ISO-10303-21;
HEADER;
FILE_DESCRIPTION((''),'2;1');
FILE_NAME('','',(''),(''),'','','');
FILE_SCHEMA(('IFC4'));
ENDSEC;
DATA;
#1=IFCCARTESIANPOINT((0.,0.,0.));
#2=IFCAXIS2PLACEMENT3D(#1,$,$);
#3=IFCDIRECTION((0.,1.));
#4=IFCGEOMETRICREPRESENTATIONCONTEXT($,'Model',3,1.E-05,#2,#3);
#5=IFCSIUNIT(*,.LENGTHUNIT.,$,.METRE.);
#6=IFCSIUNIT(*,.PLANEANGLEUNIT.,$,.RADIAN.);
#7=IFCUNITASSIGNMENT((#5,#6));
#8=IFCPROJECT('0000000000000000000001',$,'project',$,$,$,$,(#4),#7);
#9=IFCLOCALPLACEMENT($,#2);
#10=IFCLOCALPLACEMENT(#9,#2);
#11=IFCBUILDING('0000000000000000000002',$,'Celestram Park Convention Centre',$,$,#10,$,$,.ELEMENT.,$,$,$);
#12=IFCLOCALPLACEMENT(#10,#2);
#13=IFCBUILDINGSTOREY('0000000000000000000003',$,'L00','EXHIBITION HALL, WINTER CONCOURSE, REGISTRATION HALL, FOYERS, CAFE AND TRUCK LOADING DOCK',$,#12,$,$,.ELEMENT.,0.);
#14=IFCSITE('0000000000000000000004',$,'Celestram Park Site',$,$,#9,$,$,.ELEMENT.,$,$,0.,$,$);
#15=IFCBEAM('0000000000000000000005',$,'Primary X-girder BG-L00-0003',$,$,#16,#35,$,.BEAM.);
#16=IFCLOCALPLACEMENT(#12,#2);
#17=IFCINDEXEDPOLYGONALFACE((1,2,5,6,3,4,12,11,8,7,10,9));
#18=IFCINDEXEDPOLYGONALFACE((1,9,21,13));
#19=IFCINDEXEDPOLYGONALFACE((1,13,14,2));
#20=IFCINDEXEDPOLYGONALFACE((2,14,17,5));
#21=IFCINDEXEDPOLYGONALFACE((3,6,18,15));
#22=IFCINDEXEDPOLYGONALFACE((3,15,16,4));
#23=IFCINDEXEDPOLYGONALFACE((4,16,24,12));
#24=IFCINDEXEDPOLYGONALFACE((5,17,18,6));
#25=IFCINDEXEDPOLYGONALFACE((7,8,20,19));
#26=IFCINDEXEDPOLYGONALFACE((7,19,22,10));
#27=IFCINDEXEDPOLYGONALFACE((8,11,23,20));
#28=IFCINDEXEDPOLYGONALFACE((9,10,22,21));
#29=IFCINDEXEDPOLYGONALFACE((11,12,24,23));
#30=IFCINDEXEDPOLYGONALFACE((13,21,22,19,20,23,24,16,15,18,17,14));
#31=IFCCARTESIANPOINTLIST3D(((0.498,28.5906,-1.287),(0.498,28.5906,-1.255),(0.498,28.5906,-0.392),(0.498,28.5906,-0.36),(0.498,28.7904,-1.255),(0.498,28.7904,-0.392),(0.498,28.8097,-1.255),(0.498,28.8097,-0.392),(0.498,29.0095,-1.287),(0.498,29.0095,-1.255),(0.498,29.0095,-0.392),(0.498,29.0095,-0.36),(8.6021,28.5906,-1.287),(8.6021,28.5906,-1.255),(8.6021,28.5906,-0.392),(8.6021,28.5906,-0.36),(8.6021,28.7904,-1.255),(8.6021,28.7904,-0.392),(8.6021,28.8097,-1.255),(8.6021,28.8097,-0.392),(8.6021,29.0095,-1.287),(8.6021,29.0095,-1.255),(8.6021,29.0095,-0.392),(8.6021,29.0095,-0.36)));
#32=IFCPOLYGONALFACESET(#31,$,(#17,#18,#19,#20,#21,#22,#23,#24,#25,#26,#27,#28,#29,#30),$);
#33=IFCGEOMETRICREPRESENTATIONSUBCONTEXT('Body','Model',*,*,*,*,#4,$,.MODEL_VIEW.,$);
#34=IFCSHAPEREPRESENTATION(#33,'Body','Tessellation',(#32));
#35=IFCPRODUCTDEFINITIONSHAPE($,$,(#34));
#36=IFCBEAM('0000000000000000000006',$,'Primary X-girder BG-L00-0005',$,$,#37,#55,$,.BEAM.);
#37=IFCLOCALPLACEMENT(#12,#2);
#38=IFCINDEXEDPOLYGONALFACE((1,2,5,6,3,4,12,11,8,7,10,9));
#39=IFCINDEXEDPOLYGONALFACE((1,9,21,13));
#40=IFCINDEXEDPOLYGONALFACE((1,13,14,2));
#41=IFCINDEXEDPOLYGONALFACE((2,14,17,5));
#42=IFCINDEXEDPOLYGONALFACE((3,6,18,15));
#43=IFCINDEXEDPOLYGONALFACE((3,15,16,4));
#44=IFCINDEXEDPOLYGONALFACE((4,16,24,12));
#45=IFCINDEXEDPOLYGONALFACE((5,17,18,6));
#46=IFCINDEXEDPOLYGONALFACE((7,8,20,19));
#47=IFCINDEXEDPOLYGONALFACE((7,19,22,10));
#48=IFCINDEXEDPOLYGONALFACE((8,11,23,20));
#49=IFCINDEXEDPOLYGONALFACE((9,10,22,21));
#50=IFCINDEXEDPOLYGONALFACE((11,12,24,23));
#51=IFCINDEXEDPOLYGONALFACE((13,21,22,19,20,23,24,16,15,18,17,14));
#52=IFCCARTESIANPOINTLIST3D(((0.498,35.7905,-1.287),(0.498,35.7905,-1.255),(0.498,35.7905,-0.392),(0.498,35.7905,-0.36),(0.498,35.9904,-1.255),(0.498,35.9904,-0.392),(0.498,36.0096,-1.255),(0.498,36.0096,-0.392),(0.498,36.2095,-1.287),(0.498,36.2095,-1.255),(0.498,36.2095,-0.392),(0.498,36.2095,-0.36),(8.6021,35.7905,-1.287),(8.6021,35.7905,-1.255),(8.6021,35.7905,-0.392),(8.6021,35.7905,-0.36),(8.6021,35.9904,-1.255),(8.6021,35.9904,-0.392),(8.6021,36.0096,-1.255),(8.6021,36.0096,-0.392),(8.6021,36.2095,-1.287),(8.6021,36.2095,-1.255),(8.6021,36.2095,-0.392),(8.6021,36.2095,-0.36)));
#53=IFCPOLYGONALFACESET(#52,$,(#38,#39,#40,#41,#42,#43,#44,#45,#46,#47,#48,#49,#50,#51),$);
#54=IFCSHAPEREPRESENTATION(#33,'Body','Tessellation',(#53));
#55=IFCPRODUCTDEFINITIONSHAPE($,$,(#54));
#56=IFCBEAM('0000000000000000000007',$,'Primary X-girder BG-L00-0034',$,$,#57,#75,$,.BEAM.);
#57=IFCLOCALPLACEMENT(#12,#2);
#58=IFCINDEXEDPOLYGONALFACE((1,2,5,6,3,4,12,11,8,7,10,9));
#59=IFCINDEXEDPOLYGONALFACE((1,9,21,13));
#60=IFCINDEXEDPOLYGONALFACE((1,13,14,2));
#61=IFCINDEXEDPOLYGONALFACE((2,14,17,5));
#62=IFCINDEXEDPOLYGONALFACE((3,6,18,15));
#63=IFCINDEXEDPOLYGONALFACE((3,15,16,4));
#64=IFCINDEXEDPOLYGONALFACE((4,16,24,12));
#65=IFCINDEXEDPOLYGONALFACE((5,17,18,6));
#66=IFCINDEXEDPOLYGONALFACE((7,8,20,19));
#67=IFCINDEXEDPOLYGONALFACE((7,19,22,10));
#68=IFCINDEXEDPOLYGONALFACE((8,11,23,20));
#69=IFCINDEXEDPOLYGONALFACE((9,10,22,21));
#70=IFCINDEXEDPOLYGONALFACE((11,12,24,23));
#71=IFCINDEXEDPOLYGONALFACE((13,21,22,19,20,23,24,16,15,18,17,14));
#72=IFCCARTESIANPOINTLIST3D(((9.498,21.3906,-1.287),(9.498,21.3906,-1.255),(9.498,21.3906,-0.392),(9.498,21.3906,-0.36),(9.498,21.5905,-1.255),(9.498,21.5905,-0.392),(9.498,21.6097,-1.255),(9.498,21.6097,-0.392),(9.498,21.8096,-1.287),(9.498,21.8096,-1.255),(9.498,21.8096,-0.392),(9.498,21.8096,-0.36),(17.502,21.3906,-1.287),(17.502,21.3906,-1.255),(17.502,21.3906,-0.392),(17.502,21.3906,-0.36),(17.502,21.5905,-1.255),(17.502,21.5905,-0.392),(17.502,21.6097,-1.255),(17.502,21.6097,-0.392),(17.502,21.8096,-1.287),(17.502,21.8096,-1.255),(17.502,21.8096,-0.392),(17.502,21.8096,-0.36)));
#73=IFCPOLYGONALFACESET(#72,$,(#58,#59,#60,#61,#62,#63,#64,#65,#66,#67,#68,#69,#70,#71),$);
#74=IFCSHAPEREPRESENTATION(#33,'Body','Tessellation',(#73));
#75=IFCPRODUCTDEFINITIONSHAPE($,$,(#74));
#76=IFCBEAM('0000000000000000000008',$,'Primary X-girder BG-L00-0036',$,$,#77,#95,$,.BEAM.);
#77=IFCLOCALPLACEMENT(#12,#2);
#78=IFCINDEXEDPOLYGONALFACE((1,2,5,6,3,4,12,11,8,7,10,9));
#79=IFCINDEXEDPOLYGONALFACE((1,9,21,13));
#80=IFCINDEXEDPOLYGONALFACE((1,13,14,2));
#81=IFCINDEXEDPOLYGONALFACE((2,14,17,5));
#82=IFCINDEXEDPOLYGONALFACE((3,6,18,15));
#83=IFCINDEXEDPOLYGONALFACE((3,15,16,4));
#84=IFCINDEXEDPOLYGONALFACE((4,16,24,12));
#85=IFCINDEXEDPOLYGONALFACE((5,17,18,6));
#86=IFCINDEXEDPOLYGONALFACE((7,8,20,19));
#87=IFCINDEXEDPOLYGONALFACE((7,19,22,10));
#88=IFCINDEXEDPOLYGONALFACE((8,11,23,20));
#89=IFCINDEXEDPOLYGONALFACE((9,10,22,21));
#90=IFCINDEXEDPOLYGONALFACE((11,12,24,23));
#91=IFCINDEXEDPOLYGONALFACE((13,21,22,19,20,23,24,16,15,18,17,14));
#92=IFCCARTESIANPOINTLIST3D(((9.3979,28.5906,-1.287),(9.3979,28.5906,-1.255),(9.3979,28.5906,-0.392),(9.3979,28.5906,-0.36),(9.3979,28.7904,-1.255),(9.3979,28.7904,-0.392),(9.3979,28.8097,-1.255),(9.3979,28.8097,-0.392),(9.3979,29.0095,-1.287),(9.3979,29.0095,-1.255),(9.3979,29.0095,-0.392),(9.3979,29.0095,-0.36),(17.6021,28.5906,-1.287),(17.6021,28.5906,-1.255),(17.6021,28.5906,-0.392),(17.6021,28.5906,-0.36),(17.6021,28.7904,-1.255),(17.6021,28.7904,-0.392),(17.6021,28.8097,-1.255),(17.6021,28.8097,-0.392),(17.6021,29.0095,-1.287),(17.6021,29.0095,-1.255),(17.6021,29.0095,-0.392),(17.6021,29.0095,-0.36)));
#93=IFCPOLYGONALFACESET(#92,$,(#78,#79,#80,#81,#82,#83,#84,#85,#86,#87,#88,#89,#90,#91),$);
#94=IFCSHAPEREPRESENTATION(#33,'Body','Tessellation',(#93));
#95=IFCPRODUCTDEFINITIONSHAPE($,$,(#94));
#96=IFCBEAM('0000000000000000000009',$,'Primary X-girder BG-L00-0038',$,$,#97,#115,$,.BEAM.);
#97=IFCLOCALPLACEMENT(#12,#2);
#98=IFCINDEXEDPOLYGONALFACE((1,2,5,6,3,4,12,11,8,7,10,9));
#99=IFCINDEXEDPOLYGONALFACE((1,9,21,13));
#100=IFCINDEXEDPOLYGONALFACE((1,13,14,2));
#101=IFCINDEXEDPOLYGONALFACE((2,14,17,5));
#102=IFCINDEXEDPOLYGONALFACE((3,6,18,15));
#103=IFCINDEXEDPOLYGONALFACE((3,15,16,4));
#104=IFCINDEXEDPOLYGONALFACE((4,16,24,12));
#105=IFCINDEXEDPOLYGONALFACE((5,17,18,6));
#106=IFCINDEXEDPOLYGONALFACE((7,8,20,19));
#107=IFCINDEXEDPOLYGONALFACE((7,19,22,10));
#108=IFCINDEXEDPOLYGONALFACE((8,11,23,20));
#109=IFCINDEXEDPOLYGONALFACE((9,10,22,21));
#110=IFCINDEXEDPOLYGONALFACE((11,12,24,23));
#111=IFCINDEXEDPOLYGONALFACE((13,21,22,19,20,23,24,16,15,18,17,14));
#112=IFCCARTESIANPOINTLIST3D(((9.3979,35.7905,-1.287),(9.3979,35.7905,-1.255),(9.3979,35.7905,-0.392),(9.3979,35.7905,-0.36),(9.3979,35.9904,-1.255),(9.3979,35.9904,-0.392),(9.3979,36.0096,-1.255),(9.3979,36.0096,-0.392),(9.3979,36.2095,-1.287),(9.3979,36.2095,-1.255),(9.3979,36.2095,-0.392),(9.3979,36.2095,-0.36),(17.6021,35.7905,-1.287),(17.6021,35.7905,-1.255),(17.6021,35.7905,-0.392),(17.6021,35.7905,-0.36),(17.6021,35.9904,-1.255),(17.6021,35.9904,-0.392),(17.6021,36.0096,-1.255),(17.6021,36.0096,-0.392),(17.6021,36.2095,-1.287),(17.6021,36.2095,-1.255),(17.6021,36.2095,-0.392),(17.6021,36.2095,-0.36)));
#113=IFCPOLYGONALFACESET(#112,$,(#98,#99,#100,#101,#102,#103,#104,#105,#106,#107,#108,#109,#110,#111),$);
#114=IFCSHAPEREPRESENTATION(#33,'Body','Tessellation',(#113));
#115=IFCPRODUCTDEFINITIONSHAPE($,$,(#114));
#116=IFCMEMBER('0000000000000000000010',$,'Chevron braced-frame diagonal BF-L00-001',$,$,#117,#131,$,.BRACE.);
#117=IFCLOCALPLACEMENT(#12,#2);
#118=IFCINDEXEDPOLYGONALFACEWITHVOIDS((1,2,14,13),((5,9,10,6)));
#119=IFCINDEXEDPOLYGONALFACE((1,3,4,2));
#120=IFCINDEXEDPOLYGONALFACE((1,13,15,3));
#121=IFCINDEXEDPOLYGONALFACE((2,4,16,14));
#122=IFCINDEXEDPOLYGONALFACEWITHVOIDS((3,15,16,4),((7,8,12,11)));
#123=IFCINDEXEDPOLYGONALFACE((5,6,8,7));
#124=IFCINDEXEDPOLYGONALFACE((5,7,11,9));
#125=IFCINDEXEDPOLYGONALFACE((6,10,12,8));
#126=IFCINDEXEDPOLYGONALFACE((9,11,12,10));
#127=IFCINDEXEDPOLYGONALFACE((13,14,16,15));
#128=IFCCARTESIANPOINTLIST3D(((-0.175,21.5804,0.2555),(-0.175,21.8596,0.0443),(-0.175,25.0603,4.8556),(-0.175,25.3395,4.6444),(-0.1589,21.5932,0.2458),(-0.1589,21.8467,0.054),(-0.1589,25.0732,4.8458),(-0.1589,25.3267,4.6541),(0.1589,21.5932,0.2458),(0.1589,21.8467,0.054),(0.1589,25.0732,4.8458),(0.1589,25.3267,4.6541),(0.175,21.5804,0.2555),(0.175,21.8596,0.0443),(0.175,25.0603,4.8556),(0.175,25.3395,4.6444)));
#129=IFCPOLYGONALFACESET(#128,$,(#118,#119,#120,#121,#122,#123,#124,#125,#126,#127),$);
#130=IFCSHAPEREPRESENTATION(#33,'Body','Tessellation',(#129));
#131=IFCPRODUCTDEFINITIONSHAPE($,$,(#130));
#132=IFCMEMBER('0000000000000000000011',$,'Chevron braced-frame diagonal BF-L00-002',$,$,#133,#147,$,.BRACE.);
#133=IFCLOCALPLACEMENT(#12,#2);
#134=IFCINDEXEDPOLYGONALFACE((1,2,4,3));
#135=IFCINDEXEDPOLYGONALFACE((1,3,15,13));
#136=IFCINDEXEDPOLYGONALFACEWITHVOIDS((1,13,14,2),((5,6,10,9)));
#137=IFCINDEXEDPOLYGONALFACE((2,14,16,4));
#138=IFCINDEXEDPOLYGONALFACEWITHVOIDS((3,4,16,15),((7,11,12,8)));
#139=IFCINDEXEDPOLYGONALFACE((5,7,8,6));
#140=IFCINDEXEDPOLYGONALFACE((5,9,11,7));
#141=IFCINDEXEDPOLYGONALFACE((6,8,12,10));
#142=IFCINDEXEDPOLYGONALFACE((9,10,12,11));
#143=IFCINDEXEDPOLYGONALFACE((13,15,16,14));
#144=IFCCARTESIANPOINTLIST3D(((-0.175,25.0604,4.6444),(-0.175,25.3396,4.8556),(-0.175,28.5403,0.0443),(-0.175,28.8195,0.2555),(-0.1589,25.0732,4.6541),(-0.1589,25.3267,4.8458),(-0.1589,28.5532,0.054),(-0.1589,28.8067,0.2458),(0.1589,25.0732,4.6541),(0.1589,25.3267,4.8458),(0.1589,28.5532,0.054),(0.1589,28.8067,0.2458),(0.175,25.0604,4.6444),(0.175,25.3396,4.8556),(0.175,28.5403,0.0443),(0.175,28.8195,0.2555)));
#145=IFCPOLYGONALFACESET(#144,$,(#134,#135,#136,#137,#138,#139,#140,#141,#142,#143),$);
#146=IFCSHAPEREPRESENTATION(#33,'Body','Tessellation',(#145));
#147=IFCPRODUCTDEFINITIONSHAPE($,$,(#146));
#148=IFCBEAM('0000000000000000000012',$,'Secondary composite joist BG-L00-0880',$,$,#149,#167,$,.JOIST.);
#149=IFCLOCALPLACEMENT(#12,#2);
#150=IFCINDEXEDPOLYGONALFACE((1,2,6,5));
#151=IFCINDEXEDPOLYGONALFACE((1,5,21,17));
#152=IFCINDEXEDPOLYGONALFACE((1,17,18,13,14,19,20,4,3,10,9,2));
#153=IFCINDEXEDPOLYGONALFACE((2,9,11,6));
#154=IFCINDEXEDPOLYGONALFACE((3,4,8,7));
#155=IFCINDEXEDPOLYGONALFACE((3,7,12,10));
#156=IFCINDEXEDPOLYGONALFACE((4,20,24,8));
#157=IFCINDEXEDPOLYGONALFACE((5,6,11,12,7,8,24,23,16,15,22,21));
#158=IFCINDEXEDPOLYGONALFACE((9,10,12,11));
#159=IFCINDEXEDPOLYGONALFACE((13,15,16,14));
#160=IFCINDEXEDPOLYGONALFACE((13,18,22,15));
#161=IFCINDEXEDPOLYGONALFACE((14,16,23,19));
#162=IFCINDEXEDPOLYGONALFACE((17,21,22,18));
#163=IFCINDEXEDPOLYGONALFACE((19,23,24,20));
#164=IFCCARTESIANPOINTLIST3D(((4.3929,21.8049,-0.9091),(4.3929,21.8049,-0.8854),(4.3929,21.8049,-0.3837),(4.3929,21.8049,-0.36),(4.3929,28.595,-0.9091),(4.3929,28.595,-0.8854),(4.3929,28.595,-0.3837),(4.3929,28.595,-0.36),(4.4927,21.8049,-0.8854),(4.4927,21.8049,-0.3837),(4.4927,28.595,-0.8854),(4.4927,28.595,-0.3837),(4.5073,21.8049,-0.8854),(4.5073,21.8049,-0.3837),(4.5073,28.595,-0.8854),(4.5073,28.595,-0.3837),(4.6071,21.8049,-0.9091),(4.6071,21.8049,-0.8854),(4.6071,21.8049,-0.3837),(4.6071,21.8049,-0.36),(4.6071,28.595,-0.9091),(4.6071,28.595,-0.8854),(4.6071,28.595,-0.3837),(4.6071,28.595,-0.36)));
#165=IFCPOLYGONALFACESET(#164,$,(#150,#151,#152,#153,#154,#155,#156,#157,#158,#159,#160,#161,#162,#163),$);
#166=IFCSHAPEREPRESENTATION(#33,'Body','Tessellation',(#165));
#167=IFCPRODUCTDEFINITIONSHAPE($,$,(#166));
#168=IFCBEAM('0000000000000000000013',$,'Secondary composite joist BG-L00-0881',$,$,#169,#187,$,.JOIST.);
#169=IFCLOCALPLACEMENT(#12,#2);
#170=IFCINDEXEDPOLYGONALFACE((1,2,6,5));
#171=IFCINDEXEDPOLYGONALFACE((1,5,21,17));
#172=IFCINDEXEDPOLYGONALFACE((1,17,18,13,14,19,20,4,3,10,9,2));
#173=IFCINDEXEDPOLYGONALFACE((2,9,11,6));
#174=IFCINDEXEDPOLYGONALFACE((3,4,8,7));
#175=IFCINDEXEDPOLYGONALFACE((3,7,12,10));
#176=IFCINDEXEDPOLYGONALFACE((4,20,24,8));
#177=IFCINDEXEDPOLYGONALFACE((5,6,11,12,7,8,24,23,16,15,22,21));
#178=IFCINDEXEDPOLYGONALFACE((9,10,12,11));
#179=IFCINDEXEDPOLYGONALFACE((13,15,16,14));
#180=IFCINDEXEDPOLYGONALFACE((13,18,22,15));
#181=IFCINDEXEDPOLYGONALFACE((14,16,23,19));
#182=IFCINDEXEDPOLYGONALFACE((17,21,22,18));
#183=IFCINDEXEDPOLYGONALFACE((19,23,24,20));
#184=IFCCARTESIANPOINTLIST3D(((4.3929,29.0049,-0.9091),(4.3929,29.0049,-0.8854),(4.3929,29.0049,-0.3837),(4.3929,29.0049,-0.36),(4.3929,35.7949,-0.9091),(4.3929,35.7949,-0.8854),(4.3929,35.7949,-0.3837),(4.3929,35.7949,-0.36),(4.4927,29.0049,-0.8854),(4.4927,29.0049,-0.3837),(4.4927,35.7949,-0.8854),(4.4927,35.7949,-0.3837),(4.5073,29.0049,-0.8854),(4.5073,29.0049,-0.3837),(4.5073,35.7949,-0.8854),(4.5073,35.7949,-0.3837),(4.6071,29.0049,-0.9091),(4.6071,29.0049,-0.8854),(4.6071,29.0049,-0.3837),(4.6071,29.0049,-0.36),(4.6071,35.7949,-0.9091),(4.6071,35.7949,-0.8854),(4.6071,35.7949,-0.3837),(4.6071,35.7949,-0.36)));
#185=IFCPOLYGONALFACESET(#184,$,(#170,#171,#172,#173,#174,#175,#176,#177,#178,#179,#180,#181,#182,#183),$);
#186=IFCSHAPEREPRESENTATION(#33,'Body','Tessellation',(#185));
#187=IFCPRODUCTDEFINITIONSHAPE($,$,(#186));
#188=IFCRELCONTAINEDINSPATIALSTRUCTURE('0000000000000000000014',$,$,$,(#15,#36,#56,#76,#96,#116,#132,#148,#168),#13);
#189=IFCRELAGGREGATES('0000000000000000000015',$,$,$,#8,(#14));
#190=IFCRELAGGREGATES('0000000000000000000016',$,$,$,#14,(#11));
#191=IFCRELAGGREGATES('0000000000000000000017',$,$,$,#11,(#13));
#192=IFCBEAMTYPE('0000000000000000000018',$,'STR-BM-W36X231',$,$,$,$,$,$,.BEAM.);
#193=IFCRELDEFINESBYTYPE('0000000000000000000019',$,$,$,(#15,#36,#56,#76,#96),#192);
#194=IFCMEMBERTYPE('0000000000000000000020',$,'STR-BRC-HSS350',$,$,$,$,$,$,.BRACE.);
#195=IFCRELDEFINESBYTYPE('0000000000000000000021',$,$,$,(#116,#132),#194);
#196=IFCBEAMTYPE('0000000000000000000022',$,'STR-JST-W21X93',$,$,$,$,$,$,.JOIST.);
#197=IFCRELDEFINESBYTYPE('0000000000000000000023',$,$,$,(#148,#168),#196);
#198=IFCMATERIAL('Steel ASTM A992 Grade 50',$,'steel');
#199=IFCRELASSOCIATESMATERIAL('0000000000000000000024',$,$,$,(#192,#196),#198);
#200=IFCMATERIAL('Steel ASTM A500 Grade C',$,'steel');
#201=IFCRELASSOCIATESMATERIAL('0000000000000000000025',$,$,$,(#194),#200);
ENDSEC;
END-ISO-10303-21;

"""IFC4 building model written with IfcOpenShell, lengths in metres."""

from ifc_helpers import new_model, si_unit, direction, frame, origin, origin_2d, place, context, subcontext, project, spatial, hollow_rectangle, i_section, extrude, material, material_profile, profile_set, type_object, element, save


model = new_model("IFC4")

# Units and contexts
model_context = context("Model", 3, precision=1e-05, world=origin(), true_north=direction((0.0, 1.0)))
body_context = subcontext(model_context, "Body", "Model", "MODEL_VIEW")
ifc_project = project(units=[si_unit("LENGTHUNIT", "METRE"), si_unit("PLANEANGLEUNIT", "RADIAN")], contexts=[model_context])

# Site, building, storey
site_placement = place(None, origin())
site = spatial("IfcSite", under=ifc_project, at=site_placement, Name="Celestram Park Site", CompositionType="ELEMENT", RefElevation=0.0)
building_placement = place(site_placement, origin())
building = spatial("IfcBuilding", under=site, at=building_placement, Name="Celestram Park Convention Centre", CompositionType="ELEMENT")
storey_placement = place(building_placement, origin())
storey = spatial("IfcBuildingStorey", under=building, at=storey_placement, Name="L00", Description="EXHIBITION HALL, WINTER CONCOURSE, REGISTRATION HALL, FOYERS, CAFE AND TRUCK LOADING DOCK", CompositionType="ELEMENT", Elevation=0.0)

# Shared definitions
ifc_material_1 = material(Name="Steel ASTM A992 Grade 50", Category="steel")

# Beams
ifc_material_profile_1 = material_profile(ifc_material_1, i_section(OverallWidth=0.4189, OverallDepth=0.927, WebThickness=0.0193, FlangeThickness=0.032, at=origin_2d()), Name="W36X231")
ifc_profile_set_1 = profile_set([ifc_material_profile_1], Name="Steel ASTM A992 Grade 50")
beam_type_1 = type_object("IfcBeamType", Name="STR-BM-W36X231", PredefinedType="BEAM", material=ifc_profile_set_1)
for number, where, z_axis, x_axis, name in (
    (1, (0.498, 28.8, -0.8235), (1.0, 0.0, 0.0), (0.0, 1.0, 0.0), "Primary X-girder BG-L00-0003"),
    (2, (0.498, 36.0, -0.8235), (1.0, 0.0, 0.0), (0.0, 1.0, 0.0), "Primary X-girder BG-L00-0005"),
):
    element("IfcBeam", number, at=place(storey_placement, frame(where, z_axis=z_axis, x_axis=x_axis)), inside=storey, type_object=beam_type_1, Name=name, PredefinedType="BEAM", context=body_context, shape_type="SweptSolid", body=[
        extrude(i_section(OverallWidth=0.4189, OverallDepth=0.927, WebThickness=0.0193, FlangeThickness=0.032, at=origin_2d()), origin(), (0.0, 0.0, 1.0), 8.104),
    ])
beam_1_placement = place(storey_placement, frame((9.498, 21.6001, -0.8235), z_axis=(1.0, 0.0, 0.0), x_axis=(0.0, 1.0, 0.0)))
element("IfcBeam", 3, at=beam_1_placement, inside=storey, type_object=beam_type_1, Name="Primary X-girder BG-L00-0034", PredefinedType="BEAM", context=body_context, shape_type="SweptSolid", body=[
    extrude(i_section(OverallWidth=0.4189, OverallDepth=0.927, WebThickness=0.0193, FlangeThickness=0.032, at=origin_2d()), origin(), (0.0, 0.0, 1.0), 8.0039),
])
for number, where, z_axis, x_axis, name in (
    (4, (9.3979, 28.8, -0.8235), (1.0, 0.0, 0.0), (0.0, 1.0, 0.0), "Primary X-girder BG-L00-0036"),
    (5, (9.3979, 36.0, -0.8235), (1.0, 0.0, 0.0), (0.0, 1.0, 0.0), "Primary X-girder BG-L00-0038"),
):
    element("IfcBeam", number, at=place(storey_placement, frame(where, z_axis=z_axis, x_axis=x_axis)), inside=storey, type_object=beam_type_1, Name=name, PredefinedType="BEAM", context=body_context, shape_type="SweptSolid", body=[
        extrude(i_section(OverallWidth=0.4189, OverallDepth=0.927, WebThickness=0.0193, FlangeThickness=0.032, at=origin_2d()), origin(), (0.0, 0.0, 1.0), 8.2041),
    ])

# Members
ifc_material_2 = material(Name="Steel ASTM A500 Grade C", Category="steel")
ifc_material_profile_2 = material_profile(ifc_material_2, hollow_rectangle(XDim=0.3501, YDim=0.3501, WallThickness=0.0161, at=origin_2d()), Name="HSS350X350X16")
ifc_profile_set_2 = profile_set([ifc_material_profile_2], Name="Steel ASTM A500 Grade C")
member_type = type_object("IfcMemberType", Name="STR-BRC-HSS350", PredefinedType="BRACE", material=ifc_profile_set_2)
for number, where, z_axis, x_axis, name in (
    (6, (0.0, 21.72, 0.1499), (0.0, 0.603313, 0.797504), (-1.0, 0.0, 0.0), "Chevron braced-frame diagonal BF-L00-001"),
    (7, (0.0, 28.6799, 0.1499), (0.0, -0.603313, 0.797504), (1.0, 0.0, 0.0), "Chevron braced-frame diagonal BF-L00-002"),
):
    element("IfcMember", number, at=place(storey_placement, frame(where, z_axis=z_axis, x_axis=x_axis)), inside=storey, type_object=member_type, Name=name, PredefinedType="BRACE", context=body_context, shape_type="SweptSolid", body=[
        extrude(hollow_rectangle(XDim=0.3501, YDim=0.3501, WallThickness=0.0161, at=origin_2d()), origin(), (0.0, 0.0, 1.0), 5.7681),
    ])

# Beams
ifc_material_profile_3 = material_profile(ifc_material_1, i_section(OverallWidth=0.2141, OverallDepth=0.5491, WebThickness=0.0146, FlangeThickness=0.0237, at=origin_2d()), Name="W21X93")
ifc_profile_set_3 = profile_set([ifc_material_profile_3], Name="Steel ASTM A992 Grade 50")
beam_type_2 = type_object("IfcBeamType", Name="STR-JST-W21X93", PredefinedType="JOIST", material=ifc_profile_set_3)
for number, where, z_axis, x_axis, name in (
    (8, (4.5, 21.8049, -0.6345), (0.0, 1.0, 0.0), (-1.0, 0.0, 0.0), "Secondary composite joist BG-L00-0880"),
    (9, (4.5, 29.0049, -0.6345), (0.0, 1.0, 0.0), (-1.0, 0.0, 0.0), "Secondary composite joist BG-L00-0881"),
):
    element("IfcBeam", number, at=place(storey_placement, frame(where, z_axis=z_axis, x_axis=x_axis)), inside=storey, type_object=beam_type_2, Name=name, PredefinedType="JOIST", context=body_context, shape_type="SweptSolid", body=[
        extrude(i_section(OverallWidth=0.2141, OverallDepth=0.5491, WebThickness=0.0146, FlangeThickness=0.0237, at=origin_2d()), origin(), (0.0, 0.0, 1.0), 6.79),
    ])

save(model, "model.ifc")
